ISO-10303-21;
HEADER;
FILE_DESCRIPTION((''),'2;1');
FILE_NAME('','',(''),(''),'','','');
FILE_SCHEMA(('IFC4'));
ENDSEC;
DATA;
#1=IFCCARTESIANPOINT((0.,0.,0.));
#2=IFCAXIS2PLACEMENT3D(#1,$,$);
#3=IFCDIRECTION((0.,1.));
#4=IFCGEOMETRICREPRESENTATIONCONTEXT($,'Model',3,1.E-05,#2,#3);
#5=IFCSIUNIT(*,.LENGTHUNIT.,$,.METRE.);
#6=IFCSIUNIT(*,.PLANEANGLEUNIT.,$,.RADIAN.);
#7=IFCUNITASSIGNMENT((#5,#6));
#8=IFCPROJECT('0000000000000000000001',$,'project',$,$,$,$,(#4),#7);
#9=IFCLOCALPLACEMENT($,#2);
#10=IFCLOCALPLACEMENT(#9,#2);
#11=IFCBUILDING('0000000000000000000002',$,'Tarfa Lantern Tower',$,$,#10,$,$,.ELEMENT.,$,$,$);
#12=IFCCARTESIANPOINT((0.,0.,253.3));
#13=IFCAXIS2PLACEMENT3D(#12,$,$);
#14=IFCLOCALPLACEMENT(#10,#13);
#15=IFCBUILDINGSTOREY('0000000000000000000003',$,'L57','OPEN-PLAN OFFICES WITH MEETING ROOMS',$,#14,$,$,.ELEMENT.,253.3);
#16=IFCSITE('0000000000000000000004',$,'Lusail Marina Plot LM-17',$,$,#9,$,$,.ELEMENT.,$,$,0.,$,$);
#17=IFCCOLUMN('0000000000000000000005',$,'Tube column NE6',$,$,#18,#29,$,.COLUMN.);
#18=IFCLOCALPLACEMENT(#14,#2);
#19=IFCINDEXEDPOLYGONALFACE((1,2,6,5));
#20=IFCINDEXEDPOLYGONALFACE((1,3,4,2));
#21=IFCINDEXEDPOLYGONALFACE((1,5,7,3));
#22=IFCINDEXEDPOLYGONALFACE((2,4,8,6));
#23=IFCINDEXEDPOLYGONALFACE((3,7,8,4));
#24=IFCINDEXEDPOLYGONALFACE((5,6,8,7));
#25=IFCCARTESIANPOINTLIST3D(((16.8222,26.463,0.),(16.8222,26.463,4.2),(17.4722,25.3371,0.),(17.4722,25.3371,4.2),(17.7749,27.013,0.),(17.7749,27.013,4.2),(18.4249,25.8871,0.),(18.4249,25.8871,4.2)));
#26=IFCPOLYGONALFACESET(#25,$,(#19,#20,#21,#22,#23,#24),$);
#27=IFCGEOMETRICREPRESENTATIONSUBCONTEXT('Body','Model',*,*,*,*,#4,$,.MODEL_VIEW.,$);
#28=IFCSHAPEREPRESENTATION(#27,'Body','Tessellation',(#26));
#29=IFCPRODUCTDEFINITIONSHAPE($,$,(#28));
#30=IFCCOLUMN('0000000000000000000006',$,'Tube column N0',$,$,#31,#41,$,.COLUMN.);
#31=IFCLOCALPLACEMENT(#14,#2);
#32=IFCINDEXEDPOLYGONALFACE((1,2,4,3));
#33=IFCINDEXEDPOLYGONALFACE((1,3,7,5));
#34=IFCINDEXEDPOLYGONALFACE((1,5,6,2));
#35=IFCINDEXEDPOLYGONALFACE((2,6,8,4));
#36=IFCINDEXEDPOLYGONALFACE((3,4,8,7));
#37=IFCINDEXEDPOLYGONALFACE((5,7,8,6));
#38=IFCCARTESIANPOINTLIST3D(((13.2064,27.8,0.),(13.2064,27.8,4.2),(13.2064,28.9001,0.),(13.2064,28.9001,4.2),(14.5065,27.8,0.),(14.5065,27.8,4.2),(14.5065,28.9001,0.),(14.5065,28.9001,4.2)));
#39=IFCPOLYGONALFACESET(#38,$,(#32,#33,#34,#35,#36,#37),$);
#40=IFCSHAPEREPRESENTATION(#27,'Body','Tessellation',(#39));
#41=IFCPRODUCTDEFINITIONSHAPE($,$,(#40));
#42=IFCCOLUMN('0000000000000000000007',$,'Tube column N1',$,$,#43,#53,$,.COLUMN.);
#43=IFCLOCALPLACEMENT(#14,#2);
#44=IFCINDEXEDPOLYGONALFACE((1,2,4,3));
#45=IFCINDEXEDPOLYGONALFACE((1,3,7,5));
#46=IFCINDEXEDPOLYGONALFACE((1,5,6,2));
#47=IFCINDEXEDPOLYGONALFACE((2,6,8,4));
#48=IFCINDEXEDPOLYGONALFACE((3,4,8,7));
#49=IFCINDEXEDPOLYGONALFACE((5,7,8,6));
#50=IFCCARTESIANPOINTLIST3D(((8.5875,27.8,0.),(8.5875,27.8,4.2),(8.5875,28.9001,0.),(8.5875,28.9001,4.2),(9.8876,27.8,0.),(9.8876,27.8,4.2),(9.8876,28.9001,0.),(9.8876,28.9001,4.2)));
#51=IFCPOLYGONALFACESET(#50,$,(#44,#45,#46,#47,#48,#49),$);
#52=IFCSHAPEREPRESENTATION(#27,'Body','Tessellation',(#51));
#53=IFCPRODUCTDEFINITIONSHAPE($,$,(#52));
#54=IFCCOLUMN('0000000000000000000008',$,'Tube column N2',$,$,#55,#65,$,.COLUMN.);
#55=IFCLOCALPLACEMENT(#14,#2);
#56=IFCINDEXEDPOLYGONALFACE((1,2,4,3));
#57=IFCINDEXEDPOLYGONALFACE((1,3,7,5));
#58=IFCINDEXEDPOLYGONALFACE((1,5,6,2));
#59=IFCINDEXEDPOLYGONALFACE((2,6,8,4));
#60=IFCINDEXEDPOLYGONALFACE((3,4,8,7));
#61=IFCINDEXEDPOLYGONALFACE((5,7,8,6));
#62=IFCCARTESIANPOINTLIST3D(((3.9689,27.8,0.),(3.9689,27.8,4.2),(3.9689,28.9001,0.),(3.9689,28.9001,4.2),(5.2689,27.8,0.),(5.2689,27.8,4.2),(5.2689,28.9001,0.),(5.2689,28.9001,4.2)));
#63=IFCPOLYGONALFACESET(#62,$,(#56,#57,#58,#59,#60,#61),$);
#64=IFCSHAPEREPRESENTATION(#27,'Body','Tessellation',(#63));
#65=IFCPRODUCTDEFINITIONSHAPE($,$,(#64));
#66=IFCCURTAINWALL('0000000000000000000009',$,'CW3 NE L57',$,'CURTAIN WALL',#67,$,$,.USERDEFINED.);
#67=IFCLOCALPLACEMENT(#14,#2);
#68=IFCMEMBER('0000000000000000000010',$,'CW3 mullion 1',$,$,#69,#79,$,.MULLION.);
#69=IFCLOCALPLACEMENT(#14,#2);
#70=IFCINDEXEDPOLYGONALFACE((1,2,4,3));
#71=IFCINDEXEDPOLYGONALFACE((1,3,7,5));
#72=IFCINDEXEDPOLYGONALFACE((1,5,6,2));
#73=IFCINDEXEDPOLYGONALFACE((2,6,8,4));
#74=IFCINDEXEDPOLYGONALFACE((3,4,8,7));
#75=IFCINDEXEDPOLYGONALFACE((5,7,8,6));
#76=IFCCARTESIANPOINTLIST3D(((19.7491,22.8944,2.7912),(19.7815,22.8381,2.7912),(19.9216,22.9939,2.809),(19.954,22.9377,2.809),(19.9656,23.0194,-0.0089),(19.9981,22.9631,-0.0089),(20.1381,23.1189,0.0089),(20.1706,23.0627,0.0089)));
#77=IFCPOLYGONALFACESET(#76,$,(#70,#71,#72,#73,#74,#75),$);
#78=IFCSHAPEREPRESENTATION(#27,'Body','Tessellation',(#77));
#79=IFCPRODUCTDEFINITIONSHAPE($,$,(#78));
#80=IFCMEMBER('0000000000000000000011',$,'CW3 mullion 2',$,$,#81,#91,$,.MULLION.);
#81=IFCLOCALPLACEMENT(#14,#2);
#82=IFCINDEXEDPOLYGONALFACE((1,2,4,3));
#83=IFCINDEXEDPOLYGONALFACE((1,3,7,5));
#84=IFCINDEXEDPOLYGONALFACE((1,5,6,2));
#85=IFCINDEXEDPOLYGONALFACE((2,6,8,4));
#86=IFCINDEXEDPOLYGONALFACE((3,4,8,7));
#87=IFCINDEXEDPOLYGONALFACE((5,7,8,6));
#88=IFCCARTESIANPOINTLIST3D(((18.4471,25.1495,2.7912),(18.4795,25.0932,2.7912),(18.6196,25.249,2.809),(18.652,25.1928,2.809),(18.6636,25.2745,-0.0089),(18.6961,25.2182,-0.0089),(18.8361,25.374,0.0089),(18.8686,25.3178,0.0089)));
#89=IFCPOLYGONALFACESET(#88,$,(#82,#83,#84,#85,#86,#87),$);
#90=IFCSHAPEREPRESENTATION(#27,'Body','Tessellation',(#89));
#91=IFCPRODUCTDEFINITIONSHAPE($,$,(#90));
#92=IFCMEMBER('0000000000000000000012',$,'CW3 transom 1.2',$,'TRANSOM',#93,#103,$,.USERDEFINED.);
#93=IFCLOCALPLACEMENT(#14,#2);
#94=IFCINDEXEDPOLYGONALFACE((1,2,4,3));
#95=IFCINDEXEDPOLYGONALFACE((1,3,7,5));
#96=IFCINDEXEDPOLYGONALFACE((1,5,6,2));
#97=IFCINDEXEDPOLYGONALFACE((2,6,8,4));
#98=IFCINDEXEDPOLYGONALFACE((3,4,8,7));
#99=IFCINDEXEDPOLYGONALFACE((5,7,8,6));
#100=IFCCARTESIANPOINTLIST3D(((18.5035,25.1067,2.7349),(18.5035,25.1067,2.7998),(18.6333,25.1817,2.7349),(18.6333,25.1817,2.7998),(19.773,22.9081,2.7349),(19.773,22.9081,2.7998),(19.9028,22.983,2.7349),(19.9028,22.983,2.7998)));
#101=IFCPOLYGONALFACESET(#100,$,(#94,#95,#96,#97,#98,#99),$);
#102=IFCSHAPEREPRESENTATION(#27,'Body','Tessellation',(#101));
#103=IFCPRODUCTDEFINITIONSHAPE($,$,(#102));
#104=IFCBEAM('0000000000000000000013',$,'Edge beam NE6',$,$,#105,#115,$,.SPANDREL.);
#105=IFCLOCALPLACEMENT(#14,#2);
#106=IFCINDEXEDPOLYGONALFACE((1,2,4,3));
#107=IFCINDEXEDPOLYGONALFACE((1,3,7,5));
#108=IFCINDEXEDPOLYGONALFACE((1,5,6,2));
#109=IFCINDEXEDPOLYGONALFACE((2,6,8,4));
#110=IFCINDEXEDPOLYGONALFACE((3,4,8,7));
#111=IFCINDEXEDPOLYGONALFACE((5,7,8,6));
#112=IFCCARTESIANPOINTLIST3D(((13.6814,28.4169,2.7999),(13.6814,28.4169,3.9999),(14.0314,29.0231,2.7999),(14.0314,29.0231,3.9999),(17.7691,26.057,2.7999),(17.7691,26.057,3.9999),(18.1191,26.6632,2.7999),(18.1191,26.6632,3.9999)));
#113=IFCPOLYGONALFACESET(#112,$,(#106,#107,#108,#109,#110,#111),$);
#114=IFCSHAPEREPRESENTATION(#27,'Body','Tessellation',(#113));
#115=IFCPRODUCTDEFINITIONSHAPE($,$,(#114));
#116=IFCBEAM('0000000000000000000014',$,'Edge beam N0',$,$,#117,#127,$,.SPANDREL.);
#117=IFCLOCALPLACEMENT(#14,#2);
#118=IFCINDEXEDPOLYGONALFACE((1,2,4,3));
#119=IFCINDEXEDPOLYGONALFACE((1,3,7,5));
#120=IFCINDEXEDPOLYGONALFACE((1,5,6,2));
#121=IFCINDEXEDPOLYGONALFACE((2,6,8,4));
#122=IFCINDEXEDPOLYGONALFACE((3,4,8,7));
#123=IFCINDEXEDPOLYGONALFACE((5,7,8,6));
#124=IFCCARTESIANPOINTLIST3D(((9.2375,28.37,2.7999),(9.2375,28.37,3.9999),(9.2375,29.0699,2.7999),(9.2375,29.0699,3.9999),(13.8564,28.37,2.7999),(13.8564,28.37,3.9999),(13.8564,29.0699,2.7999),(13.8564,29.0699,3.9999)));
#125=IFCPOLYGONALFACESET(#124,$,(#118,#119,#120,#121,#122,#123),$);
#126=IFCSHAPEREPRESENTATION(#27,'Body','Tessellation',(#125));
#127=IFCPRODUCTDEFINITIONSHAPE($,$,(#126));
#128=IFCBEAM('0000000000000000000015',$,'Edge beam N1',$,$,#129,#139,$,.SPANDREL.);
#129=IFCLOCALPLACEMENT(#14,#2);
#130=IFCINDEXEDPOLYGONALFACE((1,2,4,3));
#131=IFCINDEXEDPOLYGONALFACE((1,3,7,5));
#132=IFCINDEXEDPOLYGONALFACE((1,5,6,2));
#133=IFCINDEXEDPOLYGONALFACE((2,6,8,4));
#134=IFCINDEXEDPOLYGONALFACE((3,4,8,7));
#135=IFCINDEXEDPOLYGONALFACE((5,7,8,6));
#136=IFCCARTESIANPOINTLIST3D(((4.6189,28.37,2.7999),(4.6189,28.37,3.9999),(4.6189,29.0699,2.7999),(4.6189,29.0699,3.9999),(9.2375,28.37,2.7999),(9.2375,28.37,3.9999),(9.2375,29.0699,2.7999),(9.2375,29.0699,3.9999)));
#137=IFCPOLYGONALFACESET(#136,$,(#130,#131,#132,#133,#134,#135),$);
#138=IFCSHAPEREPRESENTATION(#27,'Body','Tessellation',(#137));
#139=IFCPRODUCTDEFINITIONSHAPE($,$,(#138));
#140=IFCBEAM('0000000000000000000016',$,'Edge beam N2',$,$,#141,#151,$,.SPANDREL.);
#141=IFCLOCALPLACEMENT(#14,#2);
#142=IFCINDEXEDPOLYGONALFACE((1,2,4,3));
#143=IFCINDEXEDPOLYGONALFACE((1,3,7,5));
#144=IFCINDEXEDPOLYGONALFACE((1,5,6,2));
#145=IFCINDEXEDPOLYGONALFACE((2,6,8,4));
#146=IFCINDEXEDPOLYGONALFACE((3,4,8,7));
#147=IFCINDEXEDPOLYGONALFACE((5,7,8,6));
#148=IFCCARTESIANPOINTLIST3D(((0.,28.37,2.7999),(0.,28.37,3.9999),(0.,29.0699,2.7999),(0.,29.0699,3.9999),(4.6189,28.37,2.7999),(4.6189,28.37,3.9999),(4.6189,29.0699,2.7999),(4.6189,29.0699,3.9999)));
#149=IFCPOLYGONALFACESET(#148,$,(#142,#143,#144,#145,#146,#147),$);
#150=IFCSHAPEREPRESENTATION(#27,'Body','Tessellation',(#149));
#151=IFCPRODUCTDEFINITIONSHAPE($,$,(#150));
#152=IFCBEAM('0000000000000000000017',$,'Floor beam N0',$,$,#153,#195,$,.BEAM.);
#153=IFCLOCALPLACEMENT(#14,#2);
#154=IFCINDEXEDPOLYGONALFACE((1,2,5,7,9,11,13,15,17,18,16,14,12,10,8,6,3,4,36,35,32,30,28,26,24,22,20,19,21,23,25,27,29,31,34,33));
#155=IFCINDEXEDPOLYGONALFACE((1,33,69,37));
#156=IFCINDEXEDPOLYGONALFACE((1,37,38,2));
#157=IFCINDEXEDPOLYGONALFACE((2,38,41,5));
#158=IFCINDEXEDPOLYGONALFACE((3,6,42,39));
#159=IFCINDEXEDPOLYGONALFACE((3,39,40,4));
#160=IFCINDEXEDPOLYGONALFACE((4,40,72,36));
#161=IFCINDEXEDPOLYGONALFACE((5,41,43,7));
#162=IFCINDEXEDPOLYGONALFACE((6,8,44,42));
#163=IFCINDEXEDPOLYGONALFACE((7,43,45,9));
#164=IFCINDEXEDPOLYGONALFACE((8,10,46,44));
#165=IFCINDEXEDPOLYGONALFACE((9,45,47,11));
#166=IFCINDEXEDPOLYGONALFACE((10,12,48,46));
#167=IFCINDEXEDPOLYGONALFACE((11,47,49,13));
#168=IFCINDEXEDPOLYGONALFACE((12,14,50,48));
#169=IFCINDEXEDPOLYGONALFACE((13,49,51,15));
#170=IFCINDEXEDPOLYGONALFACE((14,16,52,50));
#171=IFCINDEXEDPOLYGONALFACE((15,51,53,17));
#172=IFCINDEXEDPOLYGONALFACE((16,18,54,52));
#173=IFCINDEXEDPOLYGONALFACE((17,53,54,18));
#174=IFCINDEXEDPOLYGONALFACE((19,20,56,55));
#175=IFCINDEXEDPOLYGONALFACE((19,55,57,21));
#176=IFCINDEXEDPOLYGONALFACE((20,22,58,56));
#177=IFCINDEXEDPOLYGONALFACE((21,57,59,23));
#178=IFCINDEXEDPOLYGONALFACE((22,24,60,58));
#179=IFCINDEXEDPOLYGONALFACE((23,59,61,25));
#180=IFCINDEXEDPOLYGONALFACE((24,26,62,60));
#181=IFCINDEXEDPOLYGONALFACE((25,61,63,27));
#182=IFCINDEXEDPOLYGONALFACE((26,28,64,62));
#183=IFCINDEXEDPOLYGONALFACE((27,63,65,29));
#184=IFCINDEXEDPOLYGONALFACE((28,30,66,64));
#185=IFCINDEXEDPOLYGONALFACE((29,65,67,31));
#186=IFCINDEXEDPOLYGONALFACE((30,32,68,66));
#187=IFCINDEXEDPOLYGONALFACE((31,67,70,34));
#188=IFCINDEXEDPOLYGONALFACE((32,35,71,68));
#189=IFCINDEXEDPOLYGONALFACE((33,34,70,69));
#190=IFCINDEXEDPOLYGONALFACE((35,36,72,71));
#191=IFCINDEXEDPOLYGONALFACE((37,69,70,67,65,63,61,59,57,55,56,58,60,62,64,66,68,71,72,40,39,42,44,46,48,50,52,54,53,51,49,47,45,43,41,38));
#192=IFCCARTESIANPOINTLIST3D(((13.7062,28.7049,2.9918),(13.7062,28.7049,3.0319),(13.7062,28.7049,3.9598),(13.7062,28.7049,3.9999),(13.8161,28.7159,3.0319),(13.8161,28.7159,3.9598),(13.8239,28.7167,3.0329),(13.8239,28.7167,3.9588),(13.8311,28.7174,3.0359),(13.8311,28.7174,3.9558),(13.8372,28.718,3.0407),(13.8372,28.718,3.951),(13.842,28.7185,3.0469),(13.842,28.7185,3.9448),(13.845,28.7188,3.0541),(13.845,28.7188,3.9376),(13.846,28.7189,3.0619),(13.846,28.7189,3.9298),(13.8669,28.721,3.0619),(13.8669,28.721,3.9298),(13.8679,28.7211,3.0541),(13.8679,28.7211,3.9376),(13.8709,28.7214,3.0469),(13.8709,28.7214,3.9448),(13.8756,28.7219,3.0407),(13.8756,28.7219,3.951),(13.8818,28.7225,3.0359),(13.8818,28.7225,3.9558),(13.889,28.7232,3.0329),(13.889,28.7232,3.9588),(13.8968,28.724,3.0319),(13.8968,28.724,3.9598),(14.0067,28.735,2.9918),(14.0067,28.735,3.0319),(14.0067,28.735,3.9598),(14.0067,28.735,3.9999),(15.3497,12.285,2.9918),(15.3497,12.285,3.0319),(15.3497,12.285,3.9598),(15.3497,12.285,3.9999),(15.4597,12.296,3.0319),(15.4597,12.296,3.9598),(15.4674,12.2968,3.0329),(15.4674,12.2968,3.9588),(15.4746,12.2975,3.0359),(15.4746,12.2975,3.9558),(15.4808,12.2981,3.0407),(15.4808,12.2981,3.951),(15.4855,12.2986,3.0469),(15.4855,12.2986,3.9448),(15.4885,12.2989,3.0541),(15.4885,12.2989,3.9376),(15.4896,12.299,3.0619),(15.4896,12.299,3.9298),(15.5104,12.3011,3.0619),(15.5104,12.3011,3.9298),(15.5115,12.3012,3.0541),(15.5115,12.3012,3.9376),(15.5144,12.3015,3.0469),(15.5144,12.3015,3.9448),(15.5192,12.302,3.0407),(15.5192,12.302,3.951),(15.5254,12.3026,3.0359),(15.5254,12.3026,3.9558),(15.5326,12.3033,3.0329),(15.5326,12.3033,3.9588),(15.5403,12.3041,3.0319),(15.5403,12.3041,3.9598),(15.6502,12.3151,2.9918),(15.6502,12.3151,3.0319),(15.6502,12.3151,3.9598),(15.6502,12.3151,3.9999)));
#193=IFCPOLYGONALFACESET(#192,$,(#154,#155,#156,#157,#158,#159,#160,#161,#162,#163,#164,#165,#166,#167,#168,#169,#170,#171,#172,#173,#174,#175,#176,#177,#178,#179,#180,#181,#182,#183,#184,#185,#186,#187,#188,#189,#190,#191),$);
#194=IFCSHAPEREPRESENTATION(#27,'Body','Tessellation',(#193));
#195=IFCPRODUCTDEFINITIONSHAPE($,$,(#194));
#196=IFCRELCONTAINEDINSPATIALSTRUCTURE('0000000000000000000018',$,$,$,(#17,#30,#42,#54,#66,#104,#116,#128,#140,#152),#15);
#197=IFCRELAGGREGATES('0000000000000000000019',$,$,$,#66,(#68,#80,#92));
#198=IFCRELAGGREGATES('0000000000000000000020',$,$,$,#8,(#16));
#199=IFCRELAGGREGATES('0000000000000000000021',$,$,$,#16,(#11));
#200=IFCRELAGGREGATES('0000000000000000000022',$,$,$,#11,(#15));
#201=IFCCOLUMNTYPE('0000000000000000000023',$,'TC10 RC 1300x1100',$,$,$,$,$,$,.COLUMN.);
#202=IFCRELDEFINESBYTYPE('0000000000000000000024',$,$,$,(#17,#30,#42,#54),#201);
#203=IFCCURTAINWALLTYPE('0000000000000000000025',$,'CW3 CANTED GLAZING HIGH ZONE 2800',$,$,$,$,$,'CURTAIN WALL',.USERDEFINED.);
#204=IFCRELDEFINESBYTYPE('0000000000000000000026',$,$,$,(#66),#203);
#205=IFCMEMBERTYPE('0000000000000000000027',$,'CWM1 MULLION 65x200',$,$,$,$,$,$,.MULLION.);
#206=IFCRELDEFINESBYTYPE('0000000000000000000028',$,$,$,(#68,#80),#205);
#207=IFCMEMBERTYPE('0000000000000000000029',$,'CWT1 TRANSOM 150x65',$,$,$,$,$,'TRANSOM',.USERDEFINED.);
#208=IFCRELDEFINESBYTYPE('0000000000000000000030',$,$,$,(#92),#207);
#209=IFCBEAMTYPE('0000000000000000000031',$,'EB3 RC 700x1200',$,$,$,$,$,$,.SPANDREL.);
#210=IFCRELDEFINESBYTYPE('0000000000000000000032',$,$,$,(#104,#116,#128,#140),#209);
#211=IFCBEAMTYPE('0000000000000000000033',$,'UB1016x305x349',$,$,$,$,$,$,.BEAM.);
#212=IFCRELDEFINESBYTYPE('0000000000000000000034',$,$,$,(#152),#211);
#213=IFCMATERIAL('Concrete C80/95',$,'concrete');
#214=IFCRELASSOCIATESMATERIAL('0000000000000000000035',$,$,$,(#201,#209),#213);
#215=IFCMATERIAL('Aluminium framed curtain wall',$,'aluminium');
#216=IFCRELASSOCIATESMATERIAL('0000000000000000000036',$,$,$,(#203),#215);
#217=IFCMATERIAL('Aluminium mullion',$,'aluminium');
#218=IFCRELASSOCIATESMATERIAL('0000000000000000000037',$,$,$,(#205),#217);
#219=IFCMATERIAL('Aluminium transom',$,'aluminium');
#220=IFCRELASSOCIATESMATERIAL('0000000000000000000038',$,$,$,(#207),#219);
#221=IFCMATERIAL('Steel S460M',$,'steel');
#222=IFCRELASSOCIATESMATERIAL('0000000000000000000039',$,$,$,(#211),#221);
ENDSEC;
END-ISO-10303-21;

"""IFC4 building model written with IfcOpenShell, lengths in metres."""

from ifc_helpers import new_model, si_unit, direction, frame, origin, origin_2d, place, context, subcontext, project, spatial, rectangle, i_section, extrude, material, material_profile, profile_set, type_object, element, aggregate, save


model = new_model("IFC4")

# Units and contexts
model_context = context("Model", 3, precision=1e-05, world=origin(), true_north=direction((0.0, 1.0)))
body_context = subcontext(model_context, "Body", "Model", "MODEL_VIEW")
ifc_project = project(units=[si_unit("LENGTHUNIT", "METRE"), si_unit("PLANEANGLEUNIT", "RADIAN")], contexts=[model_context])

# Site, building, storey
site_placement = place(None, origin())
site = spatial("IfcSite", under=ifc_project, at=site_placement, Name="Lusail Marina Plot LM-17", CompositionType="ELEMENT", RefElevation=0.0)
building_placement = place(site_placement, origin())
building = spatial("IfcBuilding", under=site, at=building_placement, Name="Tarfa Lantern Tower", CompositionType="ELEMENT")
storey_placement = place(building_placement, frame((0.0, 0.0, 253.3)))
storey = spatial("IfcBuildingStorey", under=building, at=storey_placement, Name="L57", Description="OPEN-PLAN OFFICES WITH MEETING ROOMS", CompositionType="ELEMENT", Elevation=253.3)

# Columns
ifc_material_1 = material(Name="Concrete C80/95", Category="concrete")
ifc_material_profile_1 = material_profile(ifc_material_1, rectangle(XDim=1.3, YDim=1.1001, at=origin_2d()), Name="RC 1300x1100")
ifc_profile_set_1 = profile_set([ifc_material_profile_1], Name="Concrete C80/95")
column_type = type_object("IfcColumnType", Name="TC10 RC 1300x1100", PredefinedType="COLUMN", material=ifc_profile_set_1)
for number, where, z_axis, x_axis, name in (
    (1, (17.6235, 26.175, 0.0), (0.0, 0.0, 1.0), (-0.5, 0.866025, 0.0), "Tube column NE6"),
    (2, (13.8564, 28.3501, 0.0), (0.0, 0.0, 1.0), (-1.0, 0.0, 0.0), "Tube column N0"),
    (3, (9.2375, 28.3501, 0.0), (0.0, 0.0, 1.0), (-1.0, 0.0, 0.0), "Tube column N1"),
    (4, (4.6189, 28.3501, 0.0), (0.0, 0.0, 1.0), (-1.0, 0.0, 0.0), "Tube column N2"),
):
    element("IfcColumn", number, at=place(storey_placement, frame(where, z_axis=z_axis, x_axis=x_axis)), inside=storey, type_object=column_type, Name=name, PredefinedType="COLUMN", context=body_context, shape_type="SweptSolid", body=[
        extrude(rectangle(XDim=1.3, YDim=1.1001, at=origin_2d()), origin(), (0.0, 0.0, 1.0), 4.2),
    ])

# Curtain wall, members
ifc_material_2 = material(Name="Aluminium framed curtain wall", Category="aluminium")
curtain_wall_type = type_object("IfcCurtainWallType", Name="CW3 CANTED GLAZING HIGH ZONE 2800", ElementType="CURTAIN WALL", PredefinedType="USERDEFINED", material=ifc_material_2)
curtain_wall_placement = place(storey_placement, origin())
curtain_wall = element("IfcCurtainWall", 5, at=curtain_wall_placement, inside=storey, type_object=curtain_wall_type, Name="CW3 NE L57", ObjectType="CURTAIN WALL", PredefinedType="USERDEFINED")
ifc_material_3 = material(Name="Aluminium mullion", Category="aluminium")
ifc_material_profile_2 = material_profile(ifc_material_3, rectangle(XDim=0.0649, YDim=0.2, at=origin_2d()), Name="AL MULLION 65x200")
ifc_profile_set_2 = profile_set([ifc_material_profile_2], Name="Aluminium mullion")
member_type_1 = type_object("IfcMemberType", Name="CWM1 MULLION 65x200", PredefinedType="MULLION", material=ifc_profile_set_2)
member_1_placement = place(storey_placement, frame((20.0681, 23.041, 0.0), z_axis=(-0.077032, -0.044465, 0.996037), x_axis=(0.49992, -0.866072, 0.0)))
member_1 = element("IfcMember", 6, at=member_1_placement, type_object=member_type_1, Name="CW3 mullion 1", PredefinedType="MULLION", context=body_context, shape_type="SweptSolid", body=[
    extrude(rectangle(XDim=0.0649, YDim=0.2, at=origin_2d()), origin(), (0.0, 0.0, 1.0), 2.8113),
])
member_2_placement = place(storey_placement, frame((18.7661, 25.2961, 0.0), z_axis=(-0.077032, -0.044465, 0.996037), x_axis=(0.49992, -0.866072, 0.0)))
member_2 = element("IfcMember", 7, at=member_2_placement, type_object=member_type_1, Name="CW3 mullion 2", PredefinedType="MULLION", context=body_context, shape_type="SweptSolid", body=[
    extrude(rectangle(XDim=0.0649, YDim=0.2, at=origin_2d()), origin(), (0.0, 0.0, 1.0), 2.8113),
])
ifc_material_4 = material(Name="Aluminium transom", Category="aluminium")
ifc_material_profile_3 = material_profile(ifc_material_4, rectangle(XDim=0.1499, YDim=0.0649, at=origin_2d()), Name="AL TRANSOM 150x65")
ifc_profile_set_3 = profile_set([ifc_material_profile_3], Name="Aluminium transom")
member_type_2 = type_object("IfcMemberType", Name="CWT1 TRANSOM 150x65", ElementType="TRANSOM", PredefinedType="USERDEFINED", material=ifc_profile_set_3)
member_3_placement = place(storey_placement, frame((19.8379, 22.9456, 2.7673), z_axis=(-0.500028, 0.866009, 0.0), x_axis=(-0.866009, -0.500028, 0.0)))
member_3 = element("IfcMember", 8, at=member_3_placement, type_object=member_type_2, Name="CW3 transom 1.2", ObjectType="TRANSOM", PredefinedType="USERDEFINED", context=body_context, shape_type="SweptSolid", body=[
    extrude(rectangle(XDim=0.1499, YDim=0.0649, at=origin_2d()), origin(), (0.0, 0.0, 1.0), 2.5388),
])

# Beams
ifc_material_profile_4 = material_profile(ifc_material_1, rectangle(XDim=0.7, YDim=1.2, at=origin_2d()), Name="RC 700x1200")
ifc_profile_set_4 = profile_set([ifc_material_profile_4], Name="Concrete C80/95")
beam_type_1 = type_object("IfcBeamType", Name="EB3 RC 700x1200", PredefinedType="SPANDREL", material=ifc_profile_set_4)
beam_1_placement = place(storey_placement, frame((17.9441, 26.3601, 3.3999), z_axis=(-0.866038, 0.499978, 0.0), x_axis=(-0.499978, -0.866038, 0.0)))
element("IfcBeam", 9, at=beam_1_placement, inside=storey, type_object=beam_type_1, Name="Edge beam NE6", PredefinedType="SPANDREL", context=body_context, shape_type="SweptSolid", body=[
    extrude(rectangle(XDim=0.7, YDim=1.2, at=origin_2d()), origin(), (0.0, 0.0, 1.0), 4.72),
])
beam_2_placement = place(storey_placement, frame((13.8564, 28.72, 3.3999), z_axis=(-1.0, 0.0, 0.0), x_axis=(0.0, -1.0, 0.0)))
element("IfcBeam", 10, at=beam_2_placement, inside=storey, type_object=beam_type_1, Name="Edge beam N0", PredefinedType="SPANDREL", context=body_context, shape_type="SweptSolid", body=[
    extrude(rectangle(XDim=0.7, YDim=1.2, at=origin_2d()), origin(), (0.0, 0.0, 1.0), 4.6189),
])
beam_3_placement = place(storey_placement, frame((9.2375, 28.72, 3.3999), z_axis=(-1.0, 0.0, 0.0), x_axis=(0.0, -1.0, 0.0)))
element("IfcBeam", 11, at=beam_3_placement, inside=storey, type_object=beam_type_1, Name="Edge beam N1", PredefinedType="SPANDREL", context=body_context, shape_type="SweptSolid", body=[
    extrude(rectangle(XDim=0.7, YDim=1.2, at=origin_2d()), origin(), (0.0, 0.0, 1.0), 4.6187),
])
beam_4_placement = place(storey_placement, frame((4.6189, 28.72, 3.3999), z_axis=(-1.0, 0.0, 0.0), x_axis=(0.0, -1.0, 0.0)))
element("IfcBeam", 12, at=beam_4_placement, inside=storey, type_object=beam_type_1, Name="Edge beam N2", PredefinedType="SPANDREL", context=body_context, shape_type="SweptSolid", body=[
    extrude(rectangle(XDim=0.7, YDim=1.2, at=origin_2d()), origin(), (0.0, 0.0, 1.0), 4.6189),
])
ifc_material_5 = material(Name="Steel S460M", Category="steel")
ifc_material_profile_5 = material_profile(ifc_material_5, i_section(OverallWidth=0.302, OverallDepth=1.0081, WebThickness=0.021, FlangeThickness=0.04, FilletRadius=0.03, at=origin_2d()), Name="UB1016x305x349")
ifc_profile_set_5 = profile_set([ifc_material_profile_5], Name="Steel S460M")
beam_type_2 = type_object("IfcBeamType", Name="UB1016x305x349", PredefinedType="BEAM", material=ifc_profile_set_5)
beam_5_placement = place(storey_placement, frame((13.8564, 28.72, 3.4958), z_axis=(0.099597, -0.995028, 0.0), x_axis=(0.995028, 0.099597, 0.0)))
element("IfcBeam", 13, at=beam_5_placement, inside=storey, type_object=beam_type_2, Name="Floor beam N0", PredefinedType="BEAM", context=body_context, shape_type="SweptSolid", body=[
    extrude(i_section(OverallWidth=0.302, OverallDepth=1.0081, WebThickness=0.021, FlangeThickness=0.04, FilletRadius=0.03, at=origin_2d()), origin(), (0.0, 0.0, 1.0), 16.502),
])

aggregate(curtain_wall, [member_1, member_2, member_3])

save(model, "model.ifc")
